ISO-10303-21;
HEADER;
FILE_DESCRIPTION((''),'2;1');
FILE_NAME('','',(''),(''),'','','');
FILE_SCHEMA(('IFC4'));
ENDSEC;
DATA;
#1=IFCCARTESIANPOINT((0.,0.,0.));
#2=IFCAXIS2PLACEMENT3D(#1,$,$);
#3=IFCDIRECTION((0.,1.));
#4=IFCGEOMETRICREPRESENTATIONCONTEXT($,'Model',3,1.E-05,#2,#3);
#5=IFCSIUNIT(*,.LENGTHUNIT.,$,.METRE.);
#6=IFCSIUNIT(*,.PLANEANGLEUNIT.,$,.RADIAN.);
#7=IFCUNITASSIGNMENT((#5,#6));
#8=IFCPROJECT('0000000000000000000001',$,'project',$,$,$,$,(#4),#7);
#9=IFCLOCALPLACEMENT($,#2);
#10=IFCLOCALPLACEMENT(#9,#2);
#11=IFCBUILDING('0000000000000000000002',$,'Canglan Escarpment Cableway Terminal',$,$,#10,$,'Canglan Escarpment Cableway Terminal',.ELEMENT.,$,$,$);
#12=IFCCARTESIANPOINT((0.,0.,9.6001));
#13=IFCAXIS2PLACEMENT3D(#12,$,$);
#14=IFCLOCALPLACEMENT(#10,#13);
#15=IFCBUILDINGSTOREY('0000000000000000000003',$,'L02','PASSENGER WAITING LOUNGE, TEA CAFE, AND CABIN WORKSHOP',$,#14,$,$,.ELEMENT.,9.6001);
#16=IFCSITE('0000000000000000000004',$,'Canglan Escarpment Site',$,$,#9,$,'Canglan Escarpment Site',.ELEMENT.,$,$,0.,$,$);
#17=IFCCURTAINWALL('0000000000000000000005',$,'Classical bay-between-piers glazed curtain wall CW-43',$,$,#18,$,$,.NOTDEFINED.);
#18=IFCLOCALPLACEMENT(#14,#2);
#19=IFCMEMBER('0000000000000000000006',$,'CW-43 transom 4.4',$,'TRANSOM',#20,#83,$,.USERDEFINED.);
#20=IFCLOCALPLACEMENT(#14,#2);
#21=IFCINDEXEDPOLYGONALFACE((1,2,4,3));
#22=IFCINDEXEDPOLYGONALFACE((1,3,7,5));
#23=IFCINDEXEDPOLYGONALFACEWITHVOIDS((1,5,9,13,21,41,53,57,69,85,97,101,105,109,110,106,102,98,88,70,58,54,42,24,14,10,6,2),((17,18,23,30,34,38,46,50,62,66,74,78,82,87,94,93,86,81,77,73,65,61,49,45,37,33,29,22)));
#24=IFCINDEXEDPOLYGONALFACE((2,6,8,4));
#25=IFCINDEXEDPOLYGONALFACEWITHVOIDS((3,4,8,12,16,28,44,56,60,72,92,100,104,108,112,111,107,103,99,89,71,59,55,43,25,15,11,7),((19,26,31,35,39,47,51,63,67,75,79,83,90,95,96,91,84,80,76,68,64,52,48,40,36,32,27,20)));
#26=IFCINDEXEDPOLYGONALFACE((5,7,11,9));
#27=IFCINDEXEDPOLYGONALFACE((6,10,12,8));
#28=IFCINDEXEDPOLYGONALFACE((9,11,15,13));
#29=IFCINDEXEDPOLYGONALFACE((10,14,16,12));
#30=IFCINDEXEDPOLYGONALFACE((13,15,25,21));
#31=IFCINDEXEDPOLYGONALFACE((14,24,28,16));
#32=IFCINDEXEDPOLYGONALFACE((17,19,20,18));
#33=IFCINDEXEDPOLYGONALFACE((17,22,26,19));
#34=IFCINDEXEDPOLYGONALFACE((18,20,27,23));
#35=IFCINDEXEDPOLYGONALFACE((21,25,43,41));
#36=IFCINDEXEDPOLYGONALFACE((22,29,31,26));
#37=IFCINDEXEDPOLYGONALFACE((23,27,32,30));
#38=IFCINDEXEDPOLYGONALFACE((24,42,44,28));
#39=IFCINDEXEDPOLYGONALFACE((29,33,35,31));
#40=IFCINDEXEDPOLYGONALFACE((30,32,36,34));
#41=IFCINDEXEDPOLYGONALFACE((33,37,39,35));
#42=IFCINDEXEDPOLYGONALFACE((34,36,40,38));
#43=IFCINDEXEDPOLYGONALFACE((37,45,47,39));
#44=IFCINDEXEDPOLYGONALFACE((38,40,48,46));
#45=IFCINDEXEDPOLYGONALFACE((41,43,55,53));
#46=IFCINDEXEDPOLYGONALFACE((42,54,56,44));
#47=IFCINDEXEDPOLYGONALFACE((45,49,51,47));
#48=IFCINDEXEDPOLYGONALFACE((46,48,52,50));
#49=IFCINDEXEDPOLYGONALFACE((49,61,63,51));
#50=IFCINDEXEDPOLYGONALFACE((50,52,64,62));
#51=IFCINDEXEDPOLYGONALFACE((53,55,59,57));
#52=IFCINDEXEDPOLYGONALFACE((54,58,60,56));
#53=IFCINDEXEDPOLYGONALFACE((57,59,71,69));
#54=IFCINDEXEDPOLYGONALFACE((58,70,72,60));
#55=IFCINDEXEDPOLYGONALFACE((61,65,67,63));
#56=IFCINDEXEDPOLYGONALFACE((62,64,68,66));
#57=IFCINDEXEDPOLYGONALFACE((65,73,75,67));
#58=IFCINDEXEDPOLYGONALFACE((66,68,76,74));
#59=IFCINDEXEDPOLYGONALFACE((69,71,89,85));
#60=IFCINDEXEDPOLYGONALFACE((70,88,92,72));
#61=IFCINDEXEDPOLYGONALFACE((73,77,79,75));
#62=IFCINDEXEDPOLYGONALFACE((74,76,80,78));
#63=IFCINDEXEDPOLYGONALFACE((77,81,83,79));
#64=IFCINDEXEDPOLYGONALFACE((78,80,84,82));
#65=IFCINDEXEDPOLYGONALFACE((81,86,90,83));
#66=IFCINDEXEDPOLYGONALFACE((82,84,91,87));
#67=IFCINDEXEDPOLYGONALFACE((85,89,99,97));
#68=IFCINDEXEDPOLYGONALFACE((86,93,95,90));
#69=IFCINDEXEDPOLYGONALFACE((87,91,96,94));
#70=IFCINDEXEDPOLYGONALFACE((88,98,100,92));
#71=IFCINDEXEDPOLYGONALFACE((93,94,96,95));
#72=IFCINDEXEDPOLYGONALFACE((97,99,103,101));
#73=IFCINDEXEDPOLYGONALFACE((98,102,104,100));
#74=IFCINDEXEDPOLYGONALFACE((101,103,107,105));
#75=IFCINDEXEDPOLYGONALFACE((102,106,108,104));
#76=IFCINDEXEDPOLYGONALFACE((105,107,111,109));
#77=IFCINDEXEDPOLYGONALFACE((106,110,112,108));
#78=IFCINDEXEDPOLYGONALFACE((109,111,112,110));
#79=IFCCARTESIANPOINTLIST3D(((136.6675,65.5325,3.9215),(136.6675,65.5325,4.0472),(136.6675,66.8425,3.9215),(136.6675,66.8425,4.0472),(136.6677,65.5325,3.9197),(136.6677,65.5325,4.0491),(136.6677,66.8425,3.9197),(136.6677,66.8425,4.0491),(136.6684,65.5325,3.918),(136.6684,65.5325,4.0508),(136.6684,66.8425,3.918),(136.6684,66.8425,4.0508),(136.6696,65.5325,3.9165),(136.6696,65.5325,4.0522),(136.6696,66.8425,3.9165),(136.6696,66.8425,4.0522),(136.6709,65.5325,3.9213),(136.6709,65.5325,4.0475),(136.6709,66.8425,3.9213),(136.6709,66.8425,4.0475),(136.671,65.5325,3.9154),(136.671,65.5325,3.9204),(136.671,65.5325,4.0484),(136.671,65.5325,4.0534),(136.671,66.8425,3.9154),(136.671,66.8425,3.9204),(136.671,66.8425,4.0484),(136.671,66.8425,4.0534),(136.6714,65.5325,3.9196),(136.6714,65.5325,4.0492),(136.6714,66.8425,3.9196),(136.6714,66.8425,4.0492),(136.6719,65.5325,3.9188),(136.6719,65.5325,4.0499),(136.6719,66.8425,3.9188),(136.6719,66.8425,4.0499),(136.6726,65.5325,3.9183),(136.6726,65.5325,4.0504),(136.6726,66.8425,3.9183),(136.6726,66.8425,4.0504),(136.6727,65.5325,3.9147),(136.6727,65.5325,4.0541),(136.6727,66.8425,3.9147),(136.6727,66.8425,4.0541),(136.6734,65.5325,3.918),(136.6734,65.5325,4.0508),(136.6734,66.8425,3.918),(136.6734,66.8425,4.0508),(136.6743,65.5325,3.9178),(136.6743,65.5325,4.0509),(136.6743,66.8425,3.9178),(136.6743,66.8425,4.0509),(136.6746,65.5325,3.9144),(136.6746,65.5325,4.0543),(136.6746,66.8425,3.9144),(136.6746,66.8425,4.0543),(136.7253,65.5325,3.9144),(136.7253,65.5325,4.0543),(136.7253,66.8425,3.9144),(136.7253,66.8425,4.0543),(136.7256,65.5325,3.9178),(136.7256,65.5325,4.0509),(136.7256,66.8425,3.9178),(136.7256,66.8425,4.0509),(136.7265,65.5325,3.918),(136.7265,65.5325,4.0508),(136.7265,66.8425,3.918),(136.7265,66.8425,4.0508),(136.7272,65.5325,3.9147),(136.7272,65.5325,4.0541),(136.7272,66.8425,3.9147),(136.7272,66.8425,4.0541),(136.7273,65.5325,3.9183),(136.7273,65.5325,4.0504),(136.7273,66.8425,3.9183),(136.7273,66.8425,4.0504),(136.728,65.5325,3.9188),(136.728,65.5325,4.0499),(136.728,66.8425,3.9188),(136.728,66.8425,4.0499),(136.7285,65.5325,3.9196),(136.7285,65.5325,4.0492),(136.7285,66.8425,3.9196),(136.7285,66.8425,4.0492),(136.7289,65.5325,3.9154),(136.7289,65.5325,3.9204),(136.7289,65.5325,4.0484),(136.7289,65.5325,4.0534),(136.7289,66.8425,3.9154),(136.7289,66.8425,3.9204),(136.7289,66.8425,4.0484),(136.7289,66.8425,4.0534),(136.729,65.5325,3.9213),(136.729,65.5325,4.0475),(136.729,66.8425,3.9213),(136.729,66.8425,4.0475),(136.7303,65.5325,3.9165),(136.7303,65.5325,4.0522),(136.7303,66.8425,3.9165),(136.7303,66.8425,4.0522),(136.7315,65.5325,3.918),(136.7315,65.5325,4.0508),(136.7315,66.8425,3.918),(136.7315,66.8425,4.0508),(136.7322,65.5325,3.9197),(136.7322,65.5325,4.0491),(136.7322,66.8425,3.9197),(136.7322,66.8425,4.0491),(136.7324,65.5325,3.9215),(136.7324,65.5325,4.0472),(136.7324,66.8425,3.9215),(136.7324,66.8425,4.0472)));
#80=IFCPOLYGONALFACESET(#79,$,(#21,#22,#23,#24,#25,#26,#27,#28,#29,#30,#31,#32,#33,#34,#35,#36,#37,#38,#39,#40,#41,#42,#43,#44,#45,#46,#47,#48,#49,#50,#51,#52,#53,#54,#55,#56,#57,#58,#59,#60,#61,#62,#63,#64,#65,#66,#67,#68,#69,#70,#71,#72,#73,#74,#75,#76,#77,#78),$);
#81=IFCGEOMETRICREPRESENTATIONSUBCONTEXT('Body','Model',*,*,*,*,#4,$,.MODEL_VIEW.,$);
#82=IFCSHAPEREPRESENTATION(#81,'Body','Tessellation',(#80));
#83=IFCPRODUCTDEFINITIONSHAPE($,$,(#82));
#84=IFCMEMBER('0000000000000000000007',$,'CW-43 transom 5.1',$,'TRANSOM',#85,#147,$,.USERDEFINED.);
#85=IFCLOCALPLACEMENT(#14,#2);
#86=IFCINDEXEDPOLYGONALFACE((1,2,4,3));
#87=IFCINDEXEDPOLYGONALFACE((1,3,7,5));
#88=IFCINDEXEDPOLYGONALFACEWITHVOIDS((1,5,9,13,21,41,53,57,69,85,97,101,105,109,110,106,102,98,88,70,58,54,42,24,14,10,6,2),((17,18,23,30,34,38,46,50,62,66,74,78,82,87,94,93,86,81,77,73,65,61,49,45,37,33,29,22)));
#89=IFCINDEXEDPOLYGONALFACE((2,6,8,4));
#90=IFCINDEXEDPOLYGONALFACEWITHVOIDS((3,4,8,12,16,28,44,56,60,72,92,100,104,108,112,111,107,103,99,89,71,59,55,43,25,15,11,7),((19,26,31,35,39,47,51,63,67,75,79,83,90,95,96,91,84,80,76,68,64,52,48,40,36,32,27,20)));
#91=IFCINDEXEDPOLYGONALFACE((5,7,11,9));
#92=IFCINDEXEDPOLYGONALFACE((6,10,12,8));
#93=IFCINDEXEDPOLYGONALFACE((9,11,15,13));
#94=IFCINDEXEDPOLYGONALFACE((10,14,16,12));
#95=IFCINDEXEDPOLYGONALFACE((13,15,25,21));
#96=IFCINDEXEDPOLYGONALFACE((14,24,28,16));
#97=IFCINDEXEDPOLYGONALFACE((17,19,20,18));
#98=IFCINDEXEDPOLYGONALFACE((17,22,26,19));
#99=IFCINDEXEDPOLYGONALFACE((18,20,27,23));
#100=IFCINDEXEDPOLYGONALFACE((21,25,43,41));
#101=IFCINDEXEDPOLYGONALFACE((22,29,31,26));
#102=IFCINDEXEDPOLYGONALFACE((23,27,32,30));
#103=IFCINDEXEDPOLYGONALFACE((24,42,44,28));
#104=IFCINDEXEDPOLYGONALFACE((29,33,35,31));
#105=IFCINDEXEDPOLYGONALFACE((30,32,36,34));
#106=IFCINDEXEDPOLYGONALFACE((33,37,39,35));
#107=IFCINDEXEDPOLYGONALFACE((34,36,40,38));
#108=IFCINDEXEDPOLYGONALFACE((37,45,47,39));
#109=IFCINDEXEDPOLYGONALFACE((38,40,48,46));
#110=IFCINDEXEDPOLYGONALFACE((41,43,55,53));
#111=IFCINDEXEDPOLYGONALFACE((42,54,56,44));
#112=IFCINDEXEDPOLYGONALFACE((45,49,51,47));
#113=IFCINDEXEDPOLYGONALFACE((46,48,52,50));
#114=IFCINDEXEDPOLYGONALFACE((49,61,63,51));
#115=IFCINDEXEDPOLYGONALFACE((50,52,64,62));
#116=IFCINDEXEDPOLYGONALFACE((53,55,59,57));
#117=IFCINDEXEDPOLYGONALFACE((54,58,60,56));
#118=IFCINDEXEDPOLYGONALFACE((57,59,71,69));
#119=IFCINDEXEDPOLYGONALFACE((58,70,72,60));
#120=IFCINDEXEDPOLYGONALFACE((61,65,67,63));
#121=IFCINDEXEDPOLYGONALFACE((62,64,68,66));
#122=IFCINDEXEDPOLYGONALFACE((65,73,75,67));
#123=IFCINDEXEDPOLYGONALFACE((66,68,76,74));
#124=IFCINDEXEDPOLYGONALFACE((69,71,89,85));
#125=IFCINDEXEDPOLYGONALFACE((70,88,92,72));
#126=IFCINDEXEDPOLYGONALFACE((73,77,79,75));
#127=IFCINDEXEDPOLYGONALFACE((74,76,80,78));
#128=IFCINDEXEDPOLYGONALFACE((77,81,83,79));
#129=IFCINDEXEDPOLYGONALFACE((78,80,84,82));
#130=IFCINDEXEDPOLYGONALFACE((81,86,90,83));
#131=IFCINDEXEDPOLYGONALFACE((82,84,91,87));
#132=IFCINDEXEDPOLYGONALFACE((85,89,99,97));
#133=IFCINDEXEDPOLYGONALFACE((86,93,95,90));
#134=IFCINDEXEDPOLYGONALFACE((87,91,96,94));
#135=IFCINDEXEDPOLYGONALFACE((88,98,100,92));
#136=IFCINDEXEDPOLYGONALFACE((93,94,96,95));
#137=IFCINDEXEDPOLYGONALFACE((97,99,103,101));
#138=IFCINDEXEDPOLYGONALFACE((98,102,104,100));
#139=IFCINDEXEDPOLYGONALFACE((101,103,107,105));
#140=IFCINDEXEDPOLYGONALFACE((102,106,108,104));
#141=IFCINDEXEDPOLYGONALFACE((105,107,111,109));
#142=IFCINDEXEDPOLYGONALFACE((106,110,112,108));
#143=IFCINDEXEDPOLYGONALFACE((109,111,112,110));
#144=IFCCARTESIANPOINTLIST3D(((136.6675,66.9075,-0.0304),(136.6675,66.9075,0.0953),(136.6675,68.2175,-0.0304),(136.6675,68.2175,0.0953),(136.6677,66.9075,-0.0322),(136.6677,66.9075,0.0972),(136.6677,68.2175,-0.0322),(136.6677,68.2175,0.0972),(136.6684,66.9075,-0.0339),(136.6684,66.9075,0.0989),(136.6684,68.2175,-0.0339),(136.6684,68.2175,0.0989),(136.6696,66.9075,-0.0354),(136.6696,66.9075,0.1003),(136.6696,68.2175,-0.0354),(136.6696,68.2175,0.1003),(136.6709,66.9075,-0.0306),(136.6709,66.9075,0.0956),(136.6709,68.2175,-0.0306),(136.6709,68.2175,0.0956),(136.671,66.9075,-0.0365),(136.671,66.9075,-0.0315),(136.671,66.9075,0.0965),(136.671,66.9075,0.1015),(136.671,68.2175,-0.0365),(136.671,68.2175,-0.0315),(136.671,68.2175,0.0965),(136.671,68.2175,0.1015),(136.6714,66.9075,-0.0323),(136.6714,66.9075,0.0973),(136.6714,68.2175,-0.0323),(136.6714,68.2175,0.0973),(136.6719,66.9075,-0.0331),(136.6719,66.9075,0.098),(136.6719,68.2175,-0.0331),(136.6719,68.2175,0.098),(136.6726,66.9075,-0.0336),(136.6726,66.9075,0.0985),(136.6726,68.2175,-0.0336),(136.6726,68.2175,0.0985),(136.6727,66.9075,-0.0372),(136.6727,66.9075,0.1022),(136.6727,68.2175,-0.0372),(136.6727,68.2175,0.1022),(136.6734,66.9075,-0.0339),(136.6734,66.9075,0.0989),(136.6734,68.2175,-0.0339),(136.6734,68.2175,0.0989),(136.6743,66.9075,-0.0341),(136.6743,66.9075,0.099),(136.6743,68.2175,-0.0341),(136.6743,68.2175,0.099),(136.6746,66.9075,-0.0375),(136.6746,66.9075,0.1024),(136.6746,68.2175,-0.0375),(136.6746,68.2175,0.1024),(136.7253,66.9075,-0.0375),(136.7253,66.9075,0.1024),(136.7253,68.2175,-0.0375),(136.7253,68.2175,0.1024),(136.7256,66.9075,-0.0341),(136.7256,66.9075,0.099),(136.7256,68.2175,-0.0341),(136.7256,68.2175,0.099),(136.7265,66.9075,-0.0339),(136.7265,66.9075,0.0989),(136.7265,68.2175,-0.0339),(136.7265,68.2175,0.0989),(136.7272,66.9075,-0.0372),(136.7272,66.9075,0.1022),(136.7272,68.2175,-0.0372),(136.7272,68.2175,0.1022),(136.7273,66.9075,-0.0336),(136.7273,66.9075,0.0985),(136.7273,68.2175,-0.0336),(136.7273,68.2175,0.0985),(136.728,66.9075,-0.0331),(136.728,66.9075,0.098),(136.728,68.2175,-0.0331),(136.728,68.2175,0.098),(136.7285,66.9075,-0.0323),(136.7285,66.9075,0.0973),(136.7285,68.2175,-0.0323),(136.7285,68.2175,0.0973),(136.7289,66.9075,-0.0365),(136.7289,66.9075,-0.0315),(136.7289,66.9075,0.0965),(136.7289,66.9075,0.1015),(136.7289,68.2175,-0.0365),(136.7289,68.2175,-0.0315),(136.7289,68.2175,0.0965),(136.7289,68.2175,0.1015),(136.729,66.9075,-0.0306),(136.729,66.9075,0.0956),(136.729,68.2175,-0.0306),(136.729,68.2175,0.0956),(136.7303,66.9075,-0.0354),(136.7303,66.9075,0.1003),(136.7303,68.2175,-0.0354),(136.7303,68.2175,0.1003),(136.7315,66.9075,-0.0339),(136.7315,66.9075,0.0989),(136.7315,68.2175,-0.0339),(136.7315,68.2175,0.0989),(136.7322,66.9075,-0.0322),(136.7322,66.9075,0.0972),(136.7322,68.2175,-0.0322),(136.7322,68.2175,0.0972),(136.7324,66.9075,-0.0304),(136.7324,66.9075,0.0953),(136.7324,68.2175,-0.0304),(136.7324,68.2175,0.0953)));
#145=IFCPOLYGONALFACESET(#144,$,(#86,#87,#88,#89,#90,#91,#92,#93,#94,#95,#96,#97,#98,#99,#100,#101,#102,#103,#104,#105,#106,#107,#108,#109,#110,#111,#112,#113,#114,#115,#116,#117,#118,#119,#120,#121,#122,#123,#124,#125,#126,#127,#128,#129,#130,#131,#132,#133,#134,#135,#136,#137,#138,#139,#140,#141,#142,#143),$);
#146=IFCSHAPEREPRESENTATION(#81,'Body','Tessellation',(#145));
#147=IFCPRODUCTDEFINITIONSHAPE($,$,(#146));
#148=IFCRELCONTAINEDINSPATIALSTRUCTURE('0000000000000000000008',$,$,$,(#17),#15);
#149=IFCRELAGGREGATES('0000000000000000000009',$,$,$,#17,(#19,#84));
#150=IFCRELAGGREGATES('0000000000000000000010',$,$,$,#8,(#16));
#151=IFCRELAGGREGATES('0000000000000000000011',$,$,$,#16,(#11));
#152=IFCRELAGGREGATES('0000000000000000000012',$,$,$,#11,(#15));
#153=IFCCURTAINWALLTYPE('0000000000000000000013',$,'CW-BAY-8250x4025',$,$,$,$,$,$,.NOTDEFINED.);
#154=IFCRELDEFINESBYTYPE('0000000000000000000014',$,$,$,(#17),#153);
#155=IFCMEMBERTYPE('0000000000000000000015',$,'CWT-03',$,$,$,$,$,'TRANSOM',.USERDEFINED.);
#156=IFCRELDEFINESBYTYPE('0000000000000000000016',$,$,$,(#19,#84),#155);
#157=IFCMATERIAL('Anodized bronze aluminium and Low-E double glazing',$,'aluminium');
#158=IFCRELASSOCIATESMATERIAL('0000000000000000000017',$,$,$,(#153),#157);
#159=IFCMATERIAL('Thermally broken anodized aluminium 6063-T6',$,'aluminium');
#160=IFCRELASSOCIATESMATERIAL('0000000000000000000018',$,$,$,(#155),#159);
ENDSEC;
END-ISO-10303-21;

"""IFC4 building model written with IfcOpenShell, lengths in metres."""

from ifc_helpers import new_model, si_unit, direction, frame, origin, origin_2d, place, context, subcontext, project, spatial, hollow_rectangle, extrude, material, material_profile, profile_set, type_object, element, aggregate, save


model = new_model("IFC4")

# Units and contexts
model_context = context("Model", 3, precision=1e-05, world=origin(), true_north=direction((0.0, 1.0)))
body_context = subcontext(model_context, "Body", "Model", "MODEL_VIEW")
ifc_project = project(units=[si_unit("LENGTHUNIT", "METRE"), si_unit("PLANEANGLEUNIT", "RADIAN")], contexts=[model_context])

# Site, building, storey
site_placement = place(None, origin())
site = spatial("IfcSite", under=ifc_project, at=site_placement, Name="Canglan Escarpment Site", LongName="Canglan Escarpment Site", CompositionType="ELEMENT", RefElevation=0.0)
building_placement = place(site_placement, origin())
building = spatial("IfcBuilding", under=site, at=building_placement, Name="Canglan Escarpment Cableway Terminal", LongName="Canglan Escarpment Cableway Terminal", CompositionType="ELEMENT")
storey_placement = place(building_placement, frame((0.0, 0.0, 9.6001)))
storey = spatial("IfcBuildingStorey", under=building, at=storey_placement, Name="L02", Description="PASSENGER WAITING LOUNGE, TEA CAFE, AND CABIN WORKSHOP", CompositionType="ELEMENT", Elevation=9.6001)

# Curtain wall, members
ifc_material_1 = material(Name="Anodized bronze aluminium and Low-E double glazing", Category="aluminium")
curtain_wall_type = type_object("IfcCurtainWallType", Name="CW-BAY-8250x4025", PredefinedType="NOTDEFINED", material=ifc_material_1)
curtain_wall_placement = place(storey_placement, origin())
curtain_wall = element("IfcCurtainWall", 1, at=curtain_wall_placement, inside=storey, type_object=curtain_wall_type, Name="Classical bay-between-piers glazed curtain wall CW-43", PredefinedType="NOTDEFINED")
ifc_material_2 = material(Name="Thermally broken anodized aluminium 6063-T6", Category="aluminium")
ifc_material_profile_1 = material_profile(ifc_material_2, hollow_rectangle(XDim=0.0649, YDim=0.1399, WallThickness=0.0034, InnerFilletRadius=0.0034, OuterFilletRadius=0.0071, at=origin_2d()), Name="ALU-TRAN 65x140x3.5")
ifc_profile_set_1 = profile_set([ifc_material_profile_1], Name="Thermally broken anodized aluminium 6063-T6")
member_type_1 = type_object("IfcMemberType", Name="CWT-03", ElementType="TRANSOM", PredefinedType="USERDEFINED", material=ifc_profile_set_1)
member_1_placement = place(storey_placement, frame((136.7, 65.5325, 3.9844), z_axis=(0.0, 1.0, 0.0), x_axis=(-1.0, 0.0, 0.0)))
member_1 = element("IfcMember", 2, at=member_1_placement, type_object=member_type_1, Name="CW-43 transom 4.4", ObjectType="TRANSOM", PredefinedType="USERDEFINED", context=body_context, shape_type="SweptSolid", body=[
    extrude(hollow_rectangle(XDim=0.0649, YDim=0.1399, WallThickness=0.0034, InnerFilletRadius=0.0034, OuterFilletRadius=0.0071, at=origin_2d()), origin(), (0.0, 0.0, 1.0), 1.3101),
])
member_2_placement = place(storey_placement, frame((136.7, 66.9075, 0.0325), z_axis=(0.0, 1.0, 0.0), x_axis=(-1.0, 0.0, 0.0)))
member_2 = element("IfcMember", 3, at=member_2_placement, type_object=member_type_1, Name="CW-43 transom 5.1", ObjectType="TRANSOM", PredefinedType="USERDEFINED", context=body_context, shape_type="SweptSolid", body=[
    extrude(hollow_rectangle(XDim=0.0649, YDim=0.1399, WallThickness=0.0034, InnerFilletRadius=0.0034, OuterFilletRadius=0.0071, at=origin_2d()), origin(), (0.0, 0.0, 1.0), 1.3101),
])
aggregate(curtain_wall, [member_1, member_2])

save(model, "model.ifc")
